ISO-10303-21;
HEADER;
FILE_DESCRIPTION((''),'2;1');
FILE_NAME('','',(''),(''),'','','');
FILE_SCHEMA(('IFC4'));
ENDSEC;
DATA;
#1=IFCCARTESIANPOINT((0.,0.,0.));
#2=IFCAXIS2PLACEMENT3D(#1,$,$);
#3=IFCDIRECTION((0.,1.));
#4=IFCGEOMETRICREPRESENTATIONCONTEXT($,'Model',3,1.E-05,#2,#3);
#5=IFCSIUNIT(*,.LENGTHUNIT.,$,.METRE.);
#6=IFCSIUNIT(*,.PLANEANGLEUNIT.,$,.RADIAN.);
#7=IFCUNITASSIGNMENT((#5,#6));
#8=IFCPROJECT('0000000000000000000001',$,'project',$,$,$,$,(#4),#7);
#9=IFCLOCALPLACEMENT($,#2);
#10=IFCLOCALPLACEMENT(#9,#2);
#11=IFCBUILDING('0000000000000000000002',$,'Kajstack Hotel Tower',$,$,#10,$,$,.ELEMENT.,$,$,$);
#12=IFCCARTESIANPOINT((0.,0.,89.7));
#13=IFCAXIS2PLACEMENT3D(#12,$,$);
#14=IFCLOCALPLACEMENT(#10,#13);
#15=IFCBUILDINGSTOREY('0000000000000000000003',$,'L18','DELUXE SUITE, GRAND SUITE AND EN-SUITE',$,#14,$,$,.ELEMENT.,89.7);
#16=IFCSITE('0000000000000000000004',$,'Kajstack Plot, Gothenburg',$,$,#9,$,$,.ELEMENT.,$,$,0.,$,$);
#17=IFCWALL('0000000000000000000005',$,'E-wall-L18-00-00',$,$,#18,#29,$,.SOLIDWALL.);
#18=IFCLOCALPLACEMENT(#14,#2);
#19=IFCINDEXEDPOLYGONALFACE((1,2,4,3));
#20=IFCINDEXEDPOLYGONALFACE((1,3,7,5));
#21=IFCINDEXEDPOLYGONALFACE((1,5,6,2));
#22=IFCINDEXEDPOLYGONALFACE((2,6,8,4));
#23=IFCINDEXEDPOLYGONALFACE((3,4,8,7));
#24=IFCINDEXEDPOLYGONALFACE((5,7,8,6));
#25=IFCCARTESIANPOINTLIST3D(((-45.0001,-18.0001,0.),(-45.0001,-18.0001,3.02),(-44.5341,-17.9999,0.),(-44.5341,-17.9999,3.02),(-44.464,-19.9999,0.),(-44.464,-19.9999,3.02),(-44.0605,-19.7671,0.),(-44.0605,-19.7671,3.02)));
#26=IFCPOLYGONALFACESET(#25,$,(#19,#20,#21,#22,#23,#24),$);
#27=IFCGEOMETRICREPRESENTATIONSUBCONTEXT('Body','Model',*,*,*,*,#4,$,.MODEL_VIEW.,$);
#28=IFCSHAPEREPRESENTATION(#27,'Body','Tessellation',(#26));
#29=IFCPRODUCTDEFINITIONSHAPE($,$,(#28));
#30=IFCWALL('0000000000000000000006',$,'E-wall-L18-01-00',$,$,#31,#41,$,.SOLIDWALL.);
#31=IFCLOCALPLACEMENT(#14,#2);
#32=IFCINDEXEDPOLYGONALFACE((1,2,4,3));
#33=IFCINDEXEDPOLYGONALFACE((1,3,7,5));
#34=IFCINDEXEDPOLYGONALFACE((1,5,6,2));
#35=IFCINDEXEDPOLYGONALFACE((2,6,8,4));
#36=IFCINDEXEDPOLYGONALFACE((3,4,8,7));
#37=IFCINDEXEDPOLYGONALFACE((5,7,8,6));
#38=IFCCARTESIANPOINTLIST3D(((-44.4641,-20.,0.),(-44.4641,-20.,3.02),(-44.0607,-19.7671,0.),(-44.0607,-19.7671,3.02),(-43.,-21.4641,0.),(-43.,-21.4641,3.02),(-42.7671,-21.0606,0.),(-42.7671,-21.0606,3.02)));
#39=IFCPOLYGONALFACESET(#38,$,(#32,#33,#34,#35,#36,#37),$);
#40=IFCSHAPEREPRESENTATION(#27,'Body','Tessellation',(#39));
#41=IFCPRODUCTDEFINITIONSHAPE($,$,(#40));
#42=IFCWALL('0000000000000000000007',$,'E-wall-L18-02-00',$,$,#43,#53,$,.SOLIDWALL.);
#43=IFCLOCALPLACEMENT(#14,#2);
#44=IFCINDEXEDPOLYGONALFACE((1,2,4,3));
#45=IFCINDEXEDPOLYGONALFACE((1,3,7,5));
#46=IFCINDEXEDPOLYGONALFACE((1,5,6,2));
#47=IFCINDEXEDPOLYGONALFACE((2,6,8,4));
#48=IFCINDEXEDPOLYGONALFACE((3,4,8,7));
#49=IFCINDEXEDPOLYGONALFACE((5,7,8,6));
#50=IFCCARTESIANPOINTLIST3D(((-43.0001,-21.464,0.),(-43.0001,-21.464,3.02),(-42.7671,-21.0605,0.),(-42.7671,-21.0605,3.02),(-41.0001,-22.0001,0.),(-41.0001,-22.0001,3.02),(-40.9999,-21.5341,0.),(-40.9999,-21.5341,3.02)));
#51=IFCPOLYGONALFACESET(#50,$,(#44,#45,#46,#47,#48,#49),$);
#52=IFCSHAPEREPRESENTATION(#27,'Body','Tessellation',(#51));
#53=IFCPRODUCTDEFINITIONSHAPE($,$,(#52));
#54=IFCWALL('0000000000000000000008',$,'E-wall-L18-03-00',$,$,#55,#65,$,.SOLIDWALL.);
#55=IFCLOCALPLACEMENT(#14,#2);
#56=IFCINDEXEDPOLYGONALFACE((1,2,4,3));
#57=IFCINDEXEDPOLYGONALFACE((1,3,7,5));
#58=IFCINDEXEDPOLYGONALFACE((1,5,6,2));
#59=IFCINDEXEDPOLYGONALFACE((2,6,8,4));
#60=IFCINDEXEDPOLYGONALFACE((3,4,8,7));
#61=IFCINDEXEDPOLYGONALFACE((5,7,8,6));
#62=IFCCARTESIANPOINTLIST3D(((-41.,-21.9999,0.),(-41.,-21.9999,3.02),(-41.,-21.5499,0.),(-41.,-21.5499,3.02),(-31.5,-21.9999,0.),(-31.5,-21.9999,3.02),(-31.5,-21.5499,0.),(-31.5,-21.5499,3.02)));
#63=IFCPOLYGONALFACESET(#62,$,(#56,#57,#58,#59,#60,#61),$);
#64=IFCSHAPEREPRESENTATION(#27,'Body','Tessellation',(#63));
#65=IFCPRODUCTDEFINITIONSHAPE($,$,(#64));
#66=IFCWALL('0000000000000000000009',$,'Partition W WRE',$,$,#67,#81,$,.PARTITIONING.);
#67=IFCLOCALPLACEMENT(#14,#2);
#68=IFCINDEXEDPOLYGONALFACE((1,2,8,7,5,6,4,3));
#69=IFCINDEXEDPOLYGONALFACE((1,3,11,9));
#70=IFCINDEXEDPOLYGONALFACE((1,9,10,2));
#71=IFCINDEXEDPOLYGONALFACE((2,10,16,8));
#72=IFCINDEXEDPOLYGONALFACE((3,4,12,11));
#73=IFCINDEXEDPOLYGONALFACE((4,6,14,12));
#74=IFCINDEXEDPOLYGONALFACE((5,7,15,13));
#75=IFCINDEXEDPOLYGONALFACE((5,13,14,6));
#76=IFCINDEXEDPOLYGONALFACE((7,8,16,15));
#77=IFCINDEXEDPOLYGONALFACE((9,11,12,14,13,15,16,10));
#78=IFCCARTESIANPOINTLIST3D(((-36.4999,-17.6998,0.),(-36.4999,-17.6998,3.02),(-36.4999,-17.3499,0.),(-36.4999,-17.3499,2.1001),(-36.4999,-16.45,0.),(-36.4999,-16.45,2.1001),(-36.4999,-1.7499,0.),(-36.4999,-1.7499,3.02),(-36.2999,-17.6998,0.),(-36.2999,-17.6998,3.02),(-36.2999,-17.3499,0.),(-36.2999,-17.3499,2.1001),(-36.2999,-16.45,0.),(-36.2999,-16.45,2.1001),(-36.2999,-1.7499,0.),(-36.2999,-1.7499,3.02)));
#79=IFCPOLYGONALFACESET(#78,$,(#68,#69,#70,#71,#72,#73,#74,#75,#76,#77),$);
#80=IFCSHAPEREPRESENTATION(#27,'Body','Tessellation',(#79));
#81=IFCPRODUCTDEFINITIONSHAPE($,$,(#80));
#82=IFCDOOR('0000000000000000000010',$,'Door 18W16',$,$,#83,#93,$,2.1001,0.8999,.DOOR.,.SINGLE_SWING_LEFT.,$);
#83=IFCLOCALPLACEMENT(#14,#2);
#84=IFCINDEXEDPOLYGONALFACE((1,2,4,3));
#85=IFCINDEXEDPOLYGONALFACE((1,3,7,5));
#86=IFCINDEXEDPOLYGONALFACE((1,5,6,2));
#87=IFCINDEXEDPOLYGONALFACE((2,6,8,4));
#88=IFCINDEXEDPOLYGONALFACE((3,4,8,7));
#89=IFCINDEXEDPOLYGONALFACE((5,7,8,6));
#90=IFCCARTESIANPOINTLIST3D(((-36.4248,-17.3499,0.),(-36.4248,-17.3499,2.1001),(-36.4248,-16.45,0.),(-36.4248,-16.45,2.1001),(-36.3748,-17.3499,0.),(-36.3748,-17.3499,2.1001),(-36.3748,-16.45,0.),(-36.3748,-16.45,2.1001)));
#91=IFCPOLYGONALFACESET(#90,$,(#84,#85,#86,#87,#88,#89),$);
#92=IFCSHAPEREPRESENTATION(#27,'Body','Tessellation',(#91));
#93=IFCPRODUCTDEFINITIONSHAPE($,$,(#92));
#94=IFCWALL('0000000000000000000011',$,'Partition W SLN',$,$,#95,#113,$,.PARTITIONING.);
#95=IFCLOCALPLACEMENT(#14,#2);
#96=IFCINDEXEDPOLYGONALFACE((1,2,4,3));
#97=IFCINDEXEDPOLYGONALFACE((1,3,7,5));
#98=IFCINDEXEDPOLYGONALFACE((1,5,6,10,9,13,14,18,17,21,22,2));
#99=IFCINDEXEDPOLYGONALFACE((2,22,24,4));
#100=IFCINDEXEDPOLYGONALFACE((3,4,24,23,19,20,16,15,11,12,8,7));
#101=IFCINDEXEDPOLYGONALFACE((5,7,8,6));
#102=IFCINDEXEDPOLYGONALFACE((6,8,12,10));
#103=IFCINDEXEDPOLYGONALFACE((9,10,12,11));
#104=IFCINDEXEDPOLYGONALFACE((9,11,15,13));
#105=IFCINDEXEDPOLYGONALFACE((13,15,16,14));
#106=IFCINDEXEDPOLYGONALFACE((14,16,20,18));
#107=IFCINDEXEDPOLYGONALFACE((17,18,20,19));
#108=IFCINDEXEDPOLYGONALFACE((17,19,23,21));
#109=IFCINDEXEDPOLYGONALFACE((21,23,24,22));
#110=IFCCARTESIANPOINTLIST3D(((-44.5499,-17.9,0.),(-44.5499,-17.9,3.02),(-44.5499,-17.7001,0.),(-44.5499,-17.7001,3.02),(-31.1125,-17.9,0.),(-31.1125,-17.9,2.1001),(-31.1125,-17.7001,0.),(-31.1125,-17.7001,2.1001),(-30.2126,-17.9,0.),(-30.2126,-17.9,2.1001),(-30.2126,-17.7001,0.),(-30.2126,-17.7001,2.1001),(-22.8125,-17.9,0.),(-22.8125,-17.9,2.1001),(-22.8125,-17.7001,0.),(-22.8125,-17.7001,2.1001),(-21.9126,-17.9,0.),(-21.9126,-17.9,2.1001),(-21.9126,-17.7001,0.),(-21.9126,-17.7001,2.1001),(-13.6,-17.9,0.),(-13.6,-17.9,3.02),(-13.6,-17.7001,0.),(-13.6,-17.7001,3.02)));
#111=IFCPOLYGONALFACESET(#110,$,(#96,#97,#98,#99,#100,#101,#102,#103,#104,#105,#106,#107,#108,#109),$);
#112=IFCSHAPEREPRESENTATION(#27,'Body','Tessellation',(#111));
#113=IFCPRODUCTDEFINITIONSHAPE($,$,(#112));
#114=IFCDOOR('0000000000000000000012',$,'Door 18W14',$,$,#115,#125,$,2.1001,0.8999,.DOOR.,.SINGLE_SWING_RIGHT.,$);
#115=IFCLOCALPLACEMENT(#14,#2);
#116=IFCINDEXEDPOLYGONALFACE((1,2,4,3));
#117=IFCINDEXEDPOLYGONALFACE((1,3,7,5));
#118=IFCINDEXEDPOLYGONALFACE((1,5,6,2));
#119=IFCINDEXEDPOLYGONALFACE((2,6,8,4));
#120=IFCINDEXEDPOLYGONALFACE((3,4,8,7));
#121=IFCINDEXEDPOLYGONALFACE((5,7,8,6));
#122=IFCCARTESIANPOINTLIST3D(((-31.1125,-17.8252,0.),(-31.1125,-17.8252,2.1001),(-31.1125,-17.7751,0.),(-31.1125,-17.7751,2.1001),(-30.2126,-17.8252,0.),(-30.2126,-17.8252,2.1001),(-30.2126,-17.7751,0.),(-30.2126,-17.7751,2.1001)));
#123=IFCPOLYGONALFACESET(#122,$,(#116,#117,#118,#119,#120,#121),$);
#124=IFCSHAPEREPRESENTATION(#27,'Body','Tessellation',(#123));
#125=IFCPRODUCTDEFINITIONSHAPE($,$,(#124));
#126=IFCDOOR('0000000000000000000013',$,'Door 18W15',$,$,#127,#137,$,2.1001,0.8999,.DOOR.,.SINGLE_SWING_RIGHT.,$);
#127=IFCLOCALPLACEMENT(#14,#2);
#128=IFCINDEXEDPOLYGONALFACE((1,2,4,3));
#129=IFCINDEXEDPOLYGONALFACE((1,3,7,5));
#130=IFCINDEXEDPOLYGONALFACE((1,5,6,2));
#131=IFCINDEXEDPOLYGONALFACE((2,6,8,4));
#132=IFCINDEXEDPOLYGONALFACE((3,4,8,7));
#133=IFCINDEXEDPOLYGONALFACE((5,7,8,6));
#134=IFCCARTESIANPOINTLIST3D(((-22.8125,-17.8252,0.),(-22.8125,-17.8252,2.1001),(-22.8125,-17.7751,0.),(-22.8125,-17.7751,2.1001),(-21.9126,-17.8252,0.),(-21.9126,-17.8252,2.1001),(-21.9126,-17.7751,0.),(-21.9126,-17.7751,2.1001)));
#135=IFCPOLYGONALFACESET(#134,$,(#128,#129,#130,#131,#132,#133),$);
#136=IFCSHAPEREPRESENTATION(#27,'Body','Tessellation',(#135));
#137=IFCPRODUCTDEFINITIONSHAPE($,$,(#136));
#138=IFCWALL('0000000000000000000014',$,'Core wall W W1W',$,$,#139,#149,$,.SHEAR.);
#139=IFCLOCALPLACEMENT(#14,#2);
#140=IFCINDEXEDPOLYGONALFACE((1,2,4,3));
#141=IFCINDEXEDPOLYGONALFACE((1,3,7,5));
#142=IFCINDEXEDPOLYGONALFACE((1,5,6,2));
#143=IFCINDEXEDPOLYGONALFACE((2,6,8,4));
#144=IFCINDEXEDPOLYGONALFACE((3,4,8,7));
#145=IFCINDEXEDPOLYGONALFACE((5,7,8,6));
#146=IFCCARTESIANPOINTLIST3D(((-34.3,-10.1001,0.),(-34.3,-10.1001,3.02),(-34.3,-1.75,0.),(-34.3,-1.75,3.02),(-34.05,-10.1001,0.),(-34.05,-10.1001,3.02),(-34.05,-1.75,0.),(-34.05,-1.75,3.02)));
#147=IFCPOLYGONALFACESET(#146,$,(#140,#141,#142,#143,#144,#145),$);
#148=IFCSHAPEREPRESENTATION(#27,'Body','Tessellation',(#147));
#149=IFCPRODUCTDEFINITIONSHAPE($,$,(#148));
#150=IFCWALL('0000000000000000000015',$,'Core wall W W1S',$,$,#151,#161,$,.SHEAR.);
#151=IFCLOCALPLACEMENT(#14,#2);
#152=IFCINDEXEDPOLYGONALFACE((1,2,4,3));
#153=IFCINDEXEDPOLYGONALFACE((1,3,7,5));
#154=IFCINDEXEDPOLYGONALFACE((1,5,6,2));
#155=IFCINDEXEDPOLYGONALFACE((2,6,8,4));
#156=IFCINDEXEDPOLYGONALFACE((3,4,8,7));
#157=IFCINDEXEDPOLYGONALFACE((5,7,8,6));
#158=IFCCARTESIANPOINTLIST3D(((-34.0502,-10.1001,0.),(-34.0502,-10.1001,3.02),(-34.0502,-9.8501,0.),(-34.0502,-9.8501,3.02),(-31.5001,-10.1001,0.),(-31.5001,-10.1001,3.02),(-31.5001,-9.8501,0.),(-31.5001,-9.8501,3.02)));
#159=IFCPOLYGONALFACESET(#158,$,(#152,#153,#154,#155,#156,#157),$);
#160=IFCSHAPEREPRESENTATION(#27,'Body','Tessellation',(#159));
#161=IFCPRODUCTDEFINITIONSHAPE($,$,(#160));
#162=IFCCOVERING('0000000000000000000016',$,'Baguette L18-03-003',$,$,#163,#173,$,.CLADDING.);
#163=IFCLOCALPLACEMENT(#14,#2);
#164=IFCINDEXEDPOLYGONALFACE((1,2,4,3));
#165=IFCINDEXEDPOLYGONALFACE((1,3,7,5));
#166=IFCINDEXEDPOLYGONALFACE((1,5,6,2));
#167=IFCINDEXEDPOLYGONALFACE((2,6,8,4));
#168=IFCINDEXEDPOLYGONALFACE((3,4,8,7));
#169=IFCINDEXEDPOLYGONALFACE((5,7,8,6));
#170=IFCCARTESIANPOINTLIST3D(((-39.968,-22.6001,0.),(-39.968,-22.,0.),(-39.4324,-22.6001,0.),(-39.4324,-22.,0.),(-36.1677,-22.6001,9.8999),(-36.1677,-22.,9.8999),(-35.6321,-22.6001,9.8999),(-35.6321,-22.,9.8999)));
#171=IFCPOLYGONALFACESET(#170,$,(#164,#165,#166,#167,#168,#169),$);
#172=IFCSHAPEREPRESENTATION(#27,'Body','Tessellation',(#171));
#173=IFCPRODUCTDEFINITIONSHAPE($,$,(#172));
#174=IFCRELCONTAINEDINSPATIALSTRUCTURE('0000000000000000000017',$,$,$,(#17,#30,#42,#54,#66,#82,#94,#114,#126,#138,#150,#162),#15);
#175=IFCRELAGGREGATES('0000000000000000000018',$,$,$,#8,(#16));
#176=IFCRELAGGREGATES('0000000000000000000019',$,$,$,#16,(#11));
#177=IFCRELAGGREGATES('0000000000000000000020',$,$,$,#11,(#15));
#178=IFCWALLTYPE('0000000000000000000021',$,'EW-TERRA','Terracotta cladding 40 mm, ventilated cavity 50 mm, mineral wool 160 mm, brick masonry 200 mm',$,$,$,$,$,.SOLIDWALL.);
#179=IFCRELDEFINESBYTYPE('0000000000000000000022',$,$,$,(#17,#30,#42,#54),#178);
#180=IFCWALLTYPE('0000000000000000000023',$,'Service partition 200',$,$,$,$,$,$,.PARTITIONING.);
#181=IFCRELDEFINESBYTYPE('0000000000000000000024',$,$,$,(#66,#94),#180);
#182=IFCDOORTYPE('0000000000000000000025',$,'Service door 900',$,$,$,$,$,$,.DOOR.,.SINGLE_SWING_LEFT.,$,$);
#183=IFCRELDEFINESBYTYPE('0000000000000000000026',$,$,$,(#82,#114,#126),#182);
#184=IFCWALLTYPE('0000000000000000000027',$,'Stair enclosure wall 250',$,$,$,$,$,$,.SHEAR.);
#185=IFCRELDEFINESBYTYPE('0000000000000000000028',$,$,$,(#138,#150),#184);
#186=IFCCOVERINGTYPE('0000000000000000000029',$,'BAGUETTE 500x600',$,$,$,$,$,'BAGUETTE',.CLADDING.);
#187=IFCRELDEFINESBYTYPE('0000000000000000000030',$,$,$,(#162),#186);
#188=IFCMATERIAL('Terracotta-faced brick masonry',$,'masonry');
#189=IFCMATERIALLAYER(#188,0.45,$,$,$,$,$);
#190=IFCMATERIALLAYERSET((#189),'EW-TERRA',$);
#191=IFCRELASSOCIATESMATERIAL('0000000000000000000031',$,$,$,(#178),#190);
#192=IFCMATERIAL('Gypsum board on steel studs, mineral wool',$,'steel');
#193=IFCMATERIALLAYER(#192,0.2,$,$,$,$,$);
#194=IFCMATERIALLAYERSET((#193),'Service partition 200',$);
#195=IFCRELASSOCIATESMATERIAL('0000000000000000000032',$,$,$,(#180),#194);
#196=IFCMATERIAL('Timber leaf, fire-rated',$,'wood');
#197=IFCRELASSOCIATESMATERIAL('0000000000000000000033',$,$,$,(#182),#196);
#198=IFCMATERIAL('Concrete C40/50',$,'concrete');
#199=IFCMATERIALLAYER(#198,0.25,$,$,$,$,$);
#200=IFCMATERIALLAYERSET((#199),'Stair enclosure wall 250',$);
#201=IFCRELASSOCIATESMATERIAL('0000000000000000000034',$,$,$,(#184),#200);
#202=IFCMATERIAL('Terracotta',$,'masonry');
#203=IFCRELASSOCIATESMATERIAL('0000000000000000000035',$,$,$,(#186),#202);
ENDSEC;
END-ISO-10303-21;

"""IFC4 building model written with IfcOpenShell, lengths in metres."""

from ifc_helpers import new_model, si_unit, direction, frame, frame_2d, origin, origin_2d, place, context, subcontext, project, spatial, polyline, rectangle, outline, extrude, material, layer, layer_set, material_profile, profile_set, type_object, element, fill, save


model = new_model("IFC4")

# Units and contexts
model_context = context("Model", 3, precision=1e-05, world=origin(), true_north=direction((0.0, 1.0)))
body_context = subcontext(model_context, "Body", "Model", "MODEL_VIEW")
ifc_project = project(units=[si_unit("LENGTHUNIT", "METRE"), si_unit("PLANEANGLEUNIT", "RADIAN")], contexts=[model_context])

# Site, building, storey
site_placement = place(None, origin())
site = spatial("IfcSite", under=ifc_project, at=site_placement, Name="Kajstack Plot, Gothenburg", CompositionType="ELEMENT", RefElevation=0.0)
building_placement = place(site_placement, origin())
building = spatial("IfcBuilding", under=site, at=building_placement, Name="Kajstack Hotel Tower", CompositionType="ELEMENT")
storey_placement = place(building_placement, frame((0.0, 0.0, 89.7)))
storey = spatial("IfcBuildingStorey", under=building, at=storey_placement, Name="L18", Description="DELUXE SUITE, GRAND SUITE AND EN-SUITE", CompositionType="ELEMENT", Elevation=89.7)

# Walls
ifc_material_1 = material(Name="Terracotta-faced brick masonry", Category="masonry")
ifc_layer_1 = layer(ifc_material_1, 0.45)
ifc_layer_set_1 = layer_set([ifc_layer_1], Name="EW-TERRA")
wall_type_1 = type_object("IfcWallType", Name="EW-TERRA", Description="Terracotta cladding 40 mm, ventilated cavity 50 mm, mineral wool 160 mm, brick masonry 200 mm", PredefinedType="SOLIDWALL", material=ifc_layer_set_1)
wall_1_placement = place(storey_placement, frame((-44.7827, -17.9417, 0.0), z_axis=(0.0, 0.0, 1.0), x_axis=(0.258815, -0.965927, 0.0)))
element("IfcWall", 1, at=wall_1_placement, inside=storey, type_object=wall_type_1, Name="E-wall-L18-00-00", PredefinedType="SOLIDWALL", context=body_context, shape_type="SweptSolid", body=[
    extrude(outline(polyline([(0.0002, -0.2251), (2.0706, -0.2249), (1.9502, 0.2251), (0.1206, 0.2251), (0.0002, -0.2251)])), origin(), (0.0, 0.0, 1.0), 3.02),
])
wall_2_placement = place(storey_placement, frame((-44.3049, -19.8408, 0.0), z_axis=(0.0, 0.0, 1.0), x_axis=(0.707107, -0.707107, 0.0)))
element("IfcWall", 2, at=wall_2_placement, inside=storey, type_object=wall_type_1, Name="E-wall-L18-01-00", PredefinedType="SOLIDWALL", context=body_context, shape_type="SweptSolid", body=[
    extrude(outline(polyline([(0.0, -0.2251), (2.0706, -0.2251), (1.95, 0.2249), (0.1206, 0.2249), (0.0, -0.2251)])), origin(), (0.0, 0.0, 1.0), 3.02),
])
wall_3_placement = place(storey_placement, frame((-42.9417, -21.2468, 0.0), z_axis=(0.0, 0.0, 1.0), x_axis=(0.965927, -0.258815, 0.0)))
element("IfcWall", 3, at=wall_3_placement, inside=storey, type_object=wall_type_1, Name="E-wall-L18-02-00", PredefinedType="SOLIDWALL", context=body_context, shape_type="SweptSolid", body=[
    extrude(outline(polyline([(-0.0002, -0.2249), (2.0703, -0.2251), (1.95, 0.2251), (0.1204, 0.2251), (-0.0002, -0.2249)])), origin(), (0.0, 0.0, 1.0), 3.02),
])
wall_4_placement = place(storey_placement, frame((-41.0, -21.7749, 0.0), z_axis=(0.0, 0.0, 1.0), x_axis=(1.0, 0.0, 0.0)))
element("IfcWall", 4, at=wall_4_placement, inside=storey, type_object=wall_type_1, Name="E-wall-L18-03-00", PredefinedType="SOLIDWALL", context=body_context, shape_type="SweptSolid", body=[
    extrude(rectangle(XDim=9.5, YDim=0.45, at=frame_2d((4.75, 0.0))), origin(), (0.0, 0.0, 1.0), 3.02),
])

# Wall, opening, door
ifc_material_2 = material(Name="Gypsum board on steel studs, mineral wool", Category="steel")
ifc_layer_2 = layer(ifc_material_2, 0.2)
ifc_layer_set_2 = layer_set([ifc_layer_2], Name="Service partition 200")
wall_type_2 = type_object("IfcWallType", Name="Service partition 200", PredefinedType="PARTITIONING", material=ifc_layer_set_2)
wall_5_placement = place(storey_placement, frame((-36.3999, -17.7, 0.0), z_axis=(0.0, 0.0, 1.0), x_axis=(0.0, 1.0, 0.0)))
wall_5 = element("IfcWall", 5, at=wall_5_placement, inside=storey, type_object=wall_type_2, Name="Partition W WRE", PredefinedType="PARTITIONING", context=body_context, shape_type="SweptSolid", body=[
    extrude(rectangle(XDim=15.95, YDim=0.2, at=frame_2d((7.9751, 0.0))), origin(), (0.0, 0.0, 1.0), 3.02),
])
opening_1_placement = place(wall_5_placement, frame((0.3501, 0.0, 0.0)))
opening_1 = element("IfcOpeningElement", 6, at=opening_1_placement, cuts=wall_5, PredefinedType="OPENING", context=body_context, shape_type="SweptSolid", body=[
    extrude(rectangle(XDim=0.8999, YDim=2.1001, at=frame_2d((0.45, 1.05))), frame((0.0, 0.1099, 0.0), z_axis=(0.0, -1.0, 0.0), x_axis=(1.0, 0.0, 0.0)), (0.0, 0.0, 1.0), 0.22),
])
ifc_material_3 = material(Name="Timber leaf, fire-rated", Category="wood")
door_type = type_object("IfcDoorType", Name="Service door 900", OperationType="SINGLE_SWING_LEFT", PredefinedType="DOOR", material=ifc_material_3)
door_1_placement = place(opening_1_placement, origin())
door_1 = element("IfcDoor", 7, at=door_1_placement, inside=storey, type_object=door_type, Name="Door 18W16", OperationType="SINGLE_SWING_LEFT", OverallHeight=2.1001, OverallWidth=0.8999, PredefinedType="DOOR", context=body_context, shape_type="SweptSolid", body=[
    extrude(rectangle(XDim=0.8999, YDim=2.1001, at=frame_2d((0.45, 1.05))), frame((0.0, 0.0249, 0.0), z_axis=(0.0, -1.0, 0.0), x_axis=(1.0, 0.0, 0.0)), (0.0, 0.0, 1.0), 0.05),
])
fill(opening_1, door_1)

# Wall, openings, doors
wall_6_placement = place(storey_placement, frame((-44.55, -17.8, 0.0), z_axis=(0.0, 0.0, 1.0), x_axis=(1.0, 0.0, 0.0)))
wall_6 = element("IfcWall", 8, at=wall_6_placement, inside=storey, type_object=wall_type_2, Name="Partition W SLN", PredefinedType="PARTITIONING", context=body_context, shape_type="SweptSolid", body=[
    extrude(rectangle(XDim=30.95, YDim=0.2, at=frame_2d((15.4751, 0.0))), origin(), (0.0, 0.0, 1.0), 3.02),
])
opening_2_placement = place(wall_6_placement, frame((13.4375, 0.0, 0.0)))
opening_2 = element("IfcOpeningElement", 9, at=opening_2_placement, cuts=wall_6, PredefinedType="OPENING", context=body_context, shape_type="SweptSolid", body=[
    extrude(rectangle(XDim=0.8999, YDim=2.1001, at=frame_2d((0.45, 1.05))), frame((0.0, 0.1099, 0.0), z_axis=(0.0, -1.0, 0.0), x_axis=(1.0, 0.0, 0.0)), (0.0, 0.0, 1.0), 0.22),
])
opening_3_placement = place(wall_6_placement, frame((21.7375, 0.0, 0.0)))
opening_3 = element("IfcOpeningElement", 10, at=opening_3_placement, cuts=wall_6, PredefinedType="OPENING", context=body_context, shape_type="SweptSolid", body=[
    extrude(rectangle(XDim=0.8999, YDim=2.1001, at=frame_2d((0.45, 1.05))), frame((0.0, 0.1099, 0.0), z_axis=(0.0, -1.0, 0.0), x_axis=(1.0, 0.0, 0.0)), (0.0, 0.0, 1.0), 0.22),
])
door_2_placement = place(opening_2_placement, origin())
door_2 = element("IfcDoor", 11, at=door_2_placement, inside=storey, type_object=door_type, Name="Door 18W14", OperationType="SINGLE_SWING_RIGHT", OverallHeight=2.1001, OverallWidth=0.8999, PredefinedType="DOOR", context=body_context, shape_type="SweptSolid", body=[
    extrude(rectangle(XDim=0.8999, YDim=2.1001, at=frame_2d((0.45, 1.05))), frame((0.0, 0.0249, 0.0), z_axis=(0.0, -1.0, 0.0), x_axis=(1.0, 0.0, 0.0)), (0.0, 0.0, 1.0), 0.05),
])
fill(opening_2, door_2)
door_3_placement = place(opening_3_placement, origin())
door_3 = element("IfcDoor", 12, at=door_3_placement, inside=storey, type_object=door_type, Name="Door 18W15", OperationType="SINGLE_SWING_RIGHT", OverallHeight=2.1001, OverallWidth=0.8999, PredefinedType="DOOR", context=body_context, shape_type="SweptSolid", body=[
    extrude(rectangle(XDim=0.8999, YDim=2.1001, at=frame_2d((0.45, 1.05))), frame((0.0, 0.0249, 0.0), z_axis=(0.0, -1.0, 0.0), x_axis=(1.0, 0.0, 0.0)), (0.0, 0.0, 1.0), 0.05),
])
fill(opening_3, door_3)

# Walls
ifc_material_4 = material(Name="Concrete C40/50", Category="concrete")
ifc_layer_3 = layer(ifc_material_4, 0.25)
ifc_layer_set_3 = layer_set([ifc_layer_3], Name="Stair enclosure wall 250")
wall_type_3 = type_object("IfcWallType", Name="Stair enclosure wall 250", PredefinedType="SHEAR", material=ifc_layer_set_3)
wall_7_placement = place(storey_placement, frame((-34.175, -10.1001, 0.0), z_axis=(0.0, 0.0, 1.0), x_axis=(0.0, 1.0, 0.0)))
element("IfcWall", 13, at=wall_7_placement, inside=storey, type_object=wall_type_3, Name="Core wall W W1W", PredefinedType="SHEAR", context=body_context, shape_type="SweptSolid", body=[
    extrude(rectangle(XDim=8.3501, YDim=0.25, at=frame_2d((4.175, 0.0))), origin(), (0.0, 0.0, 1.0), 3.02),
])
wall_8_placement = place(storey_placement, frame((-34.05, -9.9751, 0.0), z_axis=(0.0, 0.0, 1.0), x_axis=(1.0, 0.0, 0.0)))
element("IfcWall", 14, at=wall_8_placement, inside=storey, type_object=wall_type_3, Name="Core wall W W1S", PredefinedType="SHEAR", context=body_context, shape_type="SweptSolid", body=[
    extrude(rectangle(XDim=2.55, YDim=0.25, at=frame_2d((1.2749, 0.0))), origin(), (0.0, 0.0, 1.0), 3.02),
])

# Covering
ifc_material_5 = material(Name="Terracotta", Category="masonry")
ifc_material_profile = material_profile(ifc_material_5, rectangle(XDim=0.6001, YDim=0.5, at=origin_2d()), Name="Terracotta-clad concrete baguette 500 x 600")
ifc_profile_set = profile_set([ifc_material_profile], Name="Terracotta")
covering_type = type_object("IfcCoveringType", Name="BAGUETTE 500x600", ElementType="BAGUETTE", PredefinedType="CLADDING", material=ifc_profile_set)
for number, where, z_axis, x_axis, name in (
    (15, (-39.968, -22.0, 0.0), (0.0, -1.0, 0.0), (1.0, 0.0, 0.0), "Baguette L18-03-003"),
):
    element("IfcCovering", number, at=place(storey_placement, frame(where, z_axis=z_axis, x_axis=x_axis)), inside=storey, type_object=covering_type, Name=name, PredefinedType="CLADDING", context=body_context, shape_type="SweptSolid", body=[
        extrude(outline(polyline([(3.8003, 9.8999), (0.0, 0.0), (0.5356, 0.0), (4.3359, 9.8999), (3.8003, 9.8999)])), origin(), (0.0, 0.0, 1.0), 0.6001),
    ])

save(model, "model.ifc")
